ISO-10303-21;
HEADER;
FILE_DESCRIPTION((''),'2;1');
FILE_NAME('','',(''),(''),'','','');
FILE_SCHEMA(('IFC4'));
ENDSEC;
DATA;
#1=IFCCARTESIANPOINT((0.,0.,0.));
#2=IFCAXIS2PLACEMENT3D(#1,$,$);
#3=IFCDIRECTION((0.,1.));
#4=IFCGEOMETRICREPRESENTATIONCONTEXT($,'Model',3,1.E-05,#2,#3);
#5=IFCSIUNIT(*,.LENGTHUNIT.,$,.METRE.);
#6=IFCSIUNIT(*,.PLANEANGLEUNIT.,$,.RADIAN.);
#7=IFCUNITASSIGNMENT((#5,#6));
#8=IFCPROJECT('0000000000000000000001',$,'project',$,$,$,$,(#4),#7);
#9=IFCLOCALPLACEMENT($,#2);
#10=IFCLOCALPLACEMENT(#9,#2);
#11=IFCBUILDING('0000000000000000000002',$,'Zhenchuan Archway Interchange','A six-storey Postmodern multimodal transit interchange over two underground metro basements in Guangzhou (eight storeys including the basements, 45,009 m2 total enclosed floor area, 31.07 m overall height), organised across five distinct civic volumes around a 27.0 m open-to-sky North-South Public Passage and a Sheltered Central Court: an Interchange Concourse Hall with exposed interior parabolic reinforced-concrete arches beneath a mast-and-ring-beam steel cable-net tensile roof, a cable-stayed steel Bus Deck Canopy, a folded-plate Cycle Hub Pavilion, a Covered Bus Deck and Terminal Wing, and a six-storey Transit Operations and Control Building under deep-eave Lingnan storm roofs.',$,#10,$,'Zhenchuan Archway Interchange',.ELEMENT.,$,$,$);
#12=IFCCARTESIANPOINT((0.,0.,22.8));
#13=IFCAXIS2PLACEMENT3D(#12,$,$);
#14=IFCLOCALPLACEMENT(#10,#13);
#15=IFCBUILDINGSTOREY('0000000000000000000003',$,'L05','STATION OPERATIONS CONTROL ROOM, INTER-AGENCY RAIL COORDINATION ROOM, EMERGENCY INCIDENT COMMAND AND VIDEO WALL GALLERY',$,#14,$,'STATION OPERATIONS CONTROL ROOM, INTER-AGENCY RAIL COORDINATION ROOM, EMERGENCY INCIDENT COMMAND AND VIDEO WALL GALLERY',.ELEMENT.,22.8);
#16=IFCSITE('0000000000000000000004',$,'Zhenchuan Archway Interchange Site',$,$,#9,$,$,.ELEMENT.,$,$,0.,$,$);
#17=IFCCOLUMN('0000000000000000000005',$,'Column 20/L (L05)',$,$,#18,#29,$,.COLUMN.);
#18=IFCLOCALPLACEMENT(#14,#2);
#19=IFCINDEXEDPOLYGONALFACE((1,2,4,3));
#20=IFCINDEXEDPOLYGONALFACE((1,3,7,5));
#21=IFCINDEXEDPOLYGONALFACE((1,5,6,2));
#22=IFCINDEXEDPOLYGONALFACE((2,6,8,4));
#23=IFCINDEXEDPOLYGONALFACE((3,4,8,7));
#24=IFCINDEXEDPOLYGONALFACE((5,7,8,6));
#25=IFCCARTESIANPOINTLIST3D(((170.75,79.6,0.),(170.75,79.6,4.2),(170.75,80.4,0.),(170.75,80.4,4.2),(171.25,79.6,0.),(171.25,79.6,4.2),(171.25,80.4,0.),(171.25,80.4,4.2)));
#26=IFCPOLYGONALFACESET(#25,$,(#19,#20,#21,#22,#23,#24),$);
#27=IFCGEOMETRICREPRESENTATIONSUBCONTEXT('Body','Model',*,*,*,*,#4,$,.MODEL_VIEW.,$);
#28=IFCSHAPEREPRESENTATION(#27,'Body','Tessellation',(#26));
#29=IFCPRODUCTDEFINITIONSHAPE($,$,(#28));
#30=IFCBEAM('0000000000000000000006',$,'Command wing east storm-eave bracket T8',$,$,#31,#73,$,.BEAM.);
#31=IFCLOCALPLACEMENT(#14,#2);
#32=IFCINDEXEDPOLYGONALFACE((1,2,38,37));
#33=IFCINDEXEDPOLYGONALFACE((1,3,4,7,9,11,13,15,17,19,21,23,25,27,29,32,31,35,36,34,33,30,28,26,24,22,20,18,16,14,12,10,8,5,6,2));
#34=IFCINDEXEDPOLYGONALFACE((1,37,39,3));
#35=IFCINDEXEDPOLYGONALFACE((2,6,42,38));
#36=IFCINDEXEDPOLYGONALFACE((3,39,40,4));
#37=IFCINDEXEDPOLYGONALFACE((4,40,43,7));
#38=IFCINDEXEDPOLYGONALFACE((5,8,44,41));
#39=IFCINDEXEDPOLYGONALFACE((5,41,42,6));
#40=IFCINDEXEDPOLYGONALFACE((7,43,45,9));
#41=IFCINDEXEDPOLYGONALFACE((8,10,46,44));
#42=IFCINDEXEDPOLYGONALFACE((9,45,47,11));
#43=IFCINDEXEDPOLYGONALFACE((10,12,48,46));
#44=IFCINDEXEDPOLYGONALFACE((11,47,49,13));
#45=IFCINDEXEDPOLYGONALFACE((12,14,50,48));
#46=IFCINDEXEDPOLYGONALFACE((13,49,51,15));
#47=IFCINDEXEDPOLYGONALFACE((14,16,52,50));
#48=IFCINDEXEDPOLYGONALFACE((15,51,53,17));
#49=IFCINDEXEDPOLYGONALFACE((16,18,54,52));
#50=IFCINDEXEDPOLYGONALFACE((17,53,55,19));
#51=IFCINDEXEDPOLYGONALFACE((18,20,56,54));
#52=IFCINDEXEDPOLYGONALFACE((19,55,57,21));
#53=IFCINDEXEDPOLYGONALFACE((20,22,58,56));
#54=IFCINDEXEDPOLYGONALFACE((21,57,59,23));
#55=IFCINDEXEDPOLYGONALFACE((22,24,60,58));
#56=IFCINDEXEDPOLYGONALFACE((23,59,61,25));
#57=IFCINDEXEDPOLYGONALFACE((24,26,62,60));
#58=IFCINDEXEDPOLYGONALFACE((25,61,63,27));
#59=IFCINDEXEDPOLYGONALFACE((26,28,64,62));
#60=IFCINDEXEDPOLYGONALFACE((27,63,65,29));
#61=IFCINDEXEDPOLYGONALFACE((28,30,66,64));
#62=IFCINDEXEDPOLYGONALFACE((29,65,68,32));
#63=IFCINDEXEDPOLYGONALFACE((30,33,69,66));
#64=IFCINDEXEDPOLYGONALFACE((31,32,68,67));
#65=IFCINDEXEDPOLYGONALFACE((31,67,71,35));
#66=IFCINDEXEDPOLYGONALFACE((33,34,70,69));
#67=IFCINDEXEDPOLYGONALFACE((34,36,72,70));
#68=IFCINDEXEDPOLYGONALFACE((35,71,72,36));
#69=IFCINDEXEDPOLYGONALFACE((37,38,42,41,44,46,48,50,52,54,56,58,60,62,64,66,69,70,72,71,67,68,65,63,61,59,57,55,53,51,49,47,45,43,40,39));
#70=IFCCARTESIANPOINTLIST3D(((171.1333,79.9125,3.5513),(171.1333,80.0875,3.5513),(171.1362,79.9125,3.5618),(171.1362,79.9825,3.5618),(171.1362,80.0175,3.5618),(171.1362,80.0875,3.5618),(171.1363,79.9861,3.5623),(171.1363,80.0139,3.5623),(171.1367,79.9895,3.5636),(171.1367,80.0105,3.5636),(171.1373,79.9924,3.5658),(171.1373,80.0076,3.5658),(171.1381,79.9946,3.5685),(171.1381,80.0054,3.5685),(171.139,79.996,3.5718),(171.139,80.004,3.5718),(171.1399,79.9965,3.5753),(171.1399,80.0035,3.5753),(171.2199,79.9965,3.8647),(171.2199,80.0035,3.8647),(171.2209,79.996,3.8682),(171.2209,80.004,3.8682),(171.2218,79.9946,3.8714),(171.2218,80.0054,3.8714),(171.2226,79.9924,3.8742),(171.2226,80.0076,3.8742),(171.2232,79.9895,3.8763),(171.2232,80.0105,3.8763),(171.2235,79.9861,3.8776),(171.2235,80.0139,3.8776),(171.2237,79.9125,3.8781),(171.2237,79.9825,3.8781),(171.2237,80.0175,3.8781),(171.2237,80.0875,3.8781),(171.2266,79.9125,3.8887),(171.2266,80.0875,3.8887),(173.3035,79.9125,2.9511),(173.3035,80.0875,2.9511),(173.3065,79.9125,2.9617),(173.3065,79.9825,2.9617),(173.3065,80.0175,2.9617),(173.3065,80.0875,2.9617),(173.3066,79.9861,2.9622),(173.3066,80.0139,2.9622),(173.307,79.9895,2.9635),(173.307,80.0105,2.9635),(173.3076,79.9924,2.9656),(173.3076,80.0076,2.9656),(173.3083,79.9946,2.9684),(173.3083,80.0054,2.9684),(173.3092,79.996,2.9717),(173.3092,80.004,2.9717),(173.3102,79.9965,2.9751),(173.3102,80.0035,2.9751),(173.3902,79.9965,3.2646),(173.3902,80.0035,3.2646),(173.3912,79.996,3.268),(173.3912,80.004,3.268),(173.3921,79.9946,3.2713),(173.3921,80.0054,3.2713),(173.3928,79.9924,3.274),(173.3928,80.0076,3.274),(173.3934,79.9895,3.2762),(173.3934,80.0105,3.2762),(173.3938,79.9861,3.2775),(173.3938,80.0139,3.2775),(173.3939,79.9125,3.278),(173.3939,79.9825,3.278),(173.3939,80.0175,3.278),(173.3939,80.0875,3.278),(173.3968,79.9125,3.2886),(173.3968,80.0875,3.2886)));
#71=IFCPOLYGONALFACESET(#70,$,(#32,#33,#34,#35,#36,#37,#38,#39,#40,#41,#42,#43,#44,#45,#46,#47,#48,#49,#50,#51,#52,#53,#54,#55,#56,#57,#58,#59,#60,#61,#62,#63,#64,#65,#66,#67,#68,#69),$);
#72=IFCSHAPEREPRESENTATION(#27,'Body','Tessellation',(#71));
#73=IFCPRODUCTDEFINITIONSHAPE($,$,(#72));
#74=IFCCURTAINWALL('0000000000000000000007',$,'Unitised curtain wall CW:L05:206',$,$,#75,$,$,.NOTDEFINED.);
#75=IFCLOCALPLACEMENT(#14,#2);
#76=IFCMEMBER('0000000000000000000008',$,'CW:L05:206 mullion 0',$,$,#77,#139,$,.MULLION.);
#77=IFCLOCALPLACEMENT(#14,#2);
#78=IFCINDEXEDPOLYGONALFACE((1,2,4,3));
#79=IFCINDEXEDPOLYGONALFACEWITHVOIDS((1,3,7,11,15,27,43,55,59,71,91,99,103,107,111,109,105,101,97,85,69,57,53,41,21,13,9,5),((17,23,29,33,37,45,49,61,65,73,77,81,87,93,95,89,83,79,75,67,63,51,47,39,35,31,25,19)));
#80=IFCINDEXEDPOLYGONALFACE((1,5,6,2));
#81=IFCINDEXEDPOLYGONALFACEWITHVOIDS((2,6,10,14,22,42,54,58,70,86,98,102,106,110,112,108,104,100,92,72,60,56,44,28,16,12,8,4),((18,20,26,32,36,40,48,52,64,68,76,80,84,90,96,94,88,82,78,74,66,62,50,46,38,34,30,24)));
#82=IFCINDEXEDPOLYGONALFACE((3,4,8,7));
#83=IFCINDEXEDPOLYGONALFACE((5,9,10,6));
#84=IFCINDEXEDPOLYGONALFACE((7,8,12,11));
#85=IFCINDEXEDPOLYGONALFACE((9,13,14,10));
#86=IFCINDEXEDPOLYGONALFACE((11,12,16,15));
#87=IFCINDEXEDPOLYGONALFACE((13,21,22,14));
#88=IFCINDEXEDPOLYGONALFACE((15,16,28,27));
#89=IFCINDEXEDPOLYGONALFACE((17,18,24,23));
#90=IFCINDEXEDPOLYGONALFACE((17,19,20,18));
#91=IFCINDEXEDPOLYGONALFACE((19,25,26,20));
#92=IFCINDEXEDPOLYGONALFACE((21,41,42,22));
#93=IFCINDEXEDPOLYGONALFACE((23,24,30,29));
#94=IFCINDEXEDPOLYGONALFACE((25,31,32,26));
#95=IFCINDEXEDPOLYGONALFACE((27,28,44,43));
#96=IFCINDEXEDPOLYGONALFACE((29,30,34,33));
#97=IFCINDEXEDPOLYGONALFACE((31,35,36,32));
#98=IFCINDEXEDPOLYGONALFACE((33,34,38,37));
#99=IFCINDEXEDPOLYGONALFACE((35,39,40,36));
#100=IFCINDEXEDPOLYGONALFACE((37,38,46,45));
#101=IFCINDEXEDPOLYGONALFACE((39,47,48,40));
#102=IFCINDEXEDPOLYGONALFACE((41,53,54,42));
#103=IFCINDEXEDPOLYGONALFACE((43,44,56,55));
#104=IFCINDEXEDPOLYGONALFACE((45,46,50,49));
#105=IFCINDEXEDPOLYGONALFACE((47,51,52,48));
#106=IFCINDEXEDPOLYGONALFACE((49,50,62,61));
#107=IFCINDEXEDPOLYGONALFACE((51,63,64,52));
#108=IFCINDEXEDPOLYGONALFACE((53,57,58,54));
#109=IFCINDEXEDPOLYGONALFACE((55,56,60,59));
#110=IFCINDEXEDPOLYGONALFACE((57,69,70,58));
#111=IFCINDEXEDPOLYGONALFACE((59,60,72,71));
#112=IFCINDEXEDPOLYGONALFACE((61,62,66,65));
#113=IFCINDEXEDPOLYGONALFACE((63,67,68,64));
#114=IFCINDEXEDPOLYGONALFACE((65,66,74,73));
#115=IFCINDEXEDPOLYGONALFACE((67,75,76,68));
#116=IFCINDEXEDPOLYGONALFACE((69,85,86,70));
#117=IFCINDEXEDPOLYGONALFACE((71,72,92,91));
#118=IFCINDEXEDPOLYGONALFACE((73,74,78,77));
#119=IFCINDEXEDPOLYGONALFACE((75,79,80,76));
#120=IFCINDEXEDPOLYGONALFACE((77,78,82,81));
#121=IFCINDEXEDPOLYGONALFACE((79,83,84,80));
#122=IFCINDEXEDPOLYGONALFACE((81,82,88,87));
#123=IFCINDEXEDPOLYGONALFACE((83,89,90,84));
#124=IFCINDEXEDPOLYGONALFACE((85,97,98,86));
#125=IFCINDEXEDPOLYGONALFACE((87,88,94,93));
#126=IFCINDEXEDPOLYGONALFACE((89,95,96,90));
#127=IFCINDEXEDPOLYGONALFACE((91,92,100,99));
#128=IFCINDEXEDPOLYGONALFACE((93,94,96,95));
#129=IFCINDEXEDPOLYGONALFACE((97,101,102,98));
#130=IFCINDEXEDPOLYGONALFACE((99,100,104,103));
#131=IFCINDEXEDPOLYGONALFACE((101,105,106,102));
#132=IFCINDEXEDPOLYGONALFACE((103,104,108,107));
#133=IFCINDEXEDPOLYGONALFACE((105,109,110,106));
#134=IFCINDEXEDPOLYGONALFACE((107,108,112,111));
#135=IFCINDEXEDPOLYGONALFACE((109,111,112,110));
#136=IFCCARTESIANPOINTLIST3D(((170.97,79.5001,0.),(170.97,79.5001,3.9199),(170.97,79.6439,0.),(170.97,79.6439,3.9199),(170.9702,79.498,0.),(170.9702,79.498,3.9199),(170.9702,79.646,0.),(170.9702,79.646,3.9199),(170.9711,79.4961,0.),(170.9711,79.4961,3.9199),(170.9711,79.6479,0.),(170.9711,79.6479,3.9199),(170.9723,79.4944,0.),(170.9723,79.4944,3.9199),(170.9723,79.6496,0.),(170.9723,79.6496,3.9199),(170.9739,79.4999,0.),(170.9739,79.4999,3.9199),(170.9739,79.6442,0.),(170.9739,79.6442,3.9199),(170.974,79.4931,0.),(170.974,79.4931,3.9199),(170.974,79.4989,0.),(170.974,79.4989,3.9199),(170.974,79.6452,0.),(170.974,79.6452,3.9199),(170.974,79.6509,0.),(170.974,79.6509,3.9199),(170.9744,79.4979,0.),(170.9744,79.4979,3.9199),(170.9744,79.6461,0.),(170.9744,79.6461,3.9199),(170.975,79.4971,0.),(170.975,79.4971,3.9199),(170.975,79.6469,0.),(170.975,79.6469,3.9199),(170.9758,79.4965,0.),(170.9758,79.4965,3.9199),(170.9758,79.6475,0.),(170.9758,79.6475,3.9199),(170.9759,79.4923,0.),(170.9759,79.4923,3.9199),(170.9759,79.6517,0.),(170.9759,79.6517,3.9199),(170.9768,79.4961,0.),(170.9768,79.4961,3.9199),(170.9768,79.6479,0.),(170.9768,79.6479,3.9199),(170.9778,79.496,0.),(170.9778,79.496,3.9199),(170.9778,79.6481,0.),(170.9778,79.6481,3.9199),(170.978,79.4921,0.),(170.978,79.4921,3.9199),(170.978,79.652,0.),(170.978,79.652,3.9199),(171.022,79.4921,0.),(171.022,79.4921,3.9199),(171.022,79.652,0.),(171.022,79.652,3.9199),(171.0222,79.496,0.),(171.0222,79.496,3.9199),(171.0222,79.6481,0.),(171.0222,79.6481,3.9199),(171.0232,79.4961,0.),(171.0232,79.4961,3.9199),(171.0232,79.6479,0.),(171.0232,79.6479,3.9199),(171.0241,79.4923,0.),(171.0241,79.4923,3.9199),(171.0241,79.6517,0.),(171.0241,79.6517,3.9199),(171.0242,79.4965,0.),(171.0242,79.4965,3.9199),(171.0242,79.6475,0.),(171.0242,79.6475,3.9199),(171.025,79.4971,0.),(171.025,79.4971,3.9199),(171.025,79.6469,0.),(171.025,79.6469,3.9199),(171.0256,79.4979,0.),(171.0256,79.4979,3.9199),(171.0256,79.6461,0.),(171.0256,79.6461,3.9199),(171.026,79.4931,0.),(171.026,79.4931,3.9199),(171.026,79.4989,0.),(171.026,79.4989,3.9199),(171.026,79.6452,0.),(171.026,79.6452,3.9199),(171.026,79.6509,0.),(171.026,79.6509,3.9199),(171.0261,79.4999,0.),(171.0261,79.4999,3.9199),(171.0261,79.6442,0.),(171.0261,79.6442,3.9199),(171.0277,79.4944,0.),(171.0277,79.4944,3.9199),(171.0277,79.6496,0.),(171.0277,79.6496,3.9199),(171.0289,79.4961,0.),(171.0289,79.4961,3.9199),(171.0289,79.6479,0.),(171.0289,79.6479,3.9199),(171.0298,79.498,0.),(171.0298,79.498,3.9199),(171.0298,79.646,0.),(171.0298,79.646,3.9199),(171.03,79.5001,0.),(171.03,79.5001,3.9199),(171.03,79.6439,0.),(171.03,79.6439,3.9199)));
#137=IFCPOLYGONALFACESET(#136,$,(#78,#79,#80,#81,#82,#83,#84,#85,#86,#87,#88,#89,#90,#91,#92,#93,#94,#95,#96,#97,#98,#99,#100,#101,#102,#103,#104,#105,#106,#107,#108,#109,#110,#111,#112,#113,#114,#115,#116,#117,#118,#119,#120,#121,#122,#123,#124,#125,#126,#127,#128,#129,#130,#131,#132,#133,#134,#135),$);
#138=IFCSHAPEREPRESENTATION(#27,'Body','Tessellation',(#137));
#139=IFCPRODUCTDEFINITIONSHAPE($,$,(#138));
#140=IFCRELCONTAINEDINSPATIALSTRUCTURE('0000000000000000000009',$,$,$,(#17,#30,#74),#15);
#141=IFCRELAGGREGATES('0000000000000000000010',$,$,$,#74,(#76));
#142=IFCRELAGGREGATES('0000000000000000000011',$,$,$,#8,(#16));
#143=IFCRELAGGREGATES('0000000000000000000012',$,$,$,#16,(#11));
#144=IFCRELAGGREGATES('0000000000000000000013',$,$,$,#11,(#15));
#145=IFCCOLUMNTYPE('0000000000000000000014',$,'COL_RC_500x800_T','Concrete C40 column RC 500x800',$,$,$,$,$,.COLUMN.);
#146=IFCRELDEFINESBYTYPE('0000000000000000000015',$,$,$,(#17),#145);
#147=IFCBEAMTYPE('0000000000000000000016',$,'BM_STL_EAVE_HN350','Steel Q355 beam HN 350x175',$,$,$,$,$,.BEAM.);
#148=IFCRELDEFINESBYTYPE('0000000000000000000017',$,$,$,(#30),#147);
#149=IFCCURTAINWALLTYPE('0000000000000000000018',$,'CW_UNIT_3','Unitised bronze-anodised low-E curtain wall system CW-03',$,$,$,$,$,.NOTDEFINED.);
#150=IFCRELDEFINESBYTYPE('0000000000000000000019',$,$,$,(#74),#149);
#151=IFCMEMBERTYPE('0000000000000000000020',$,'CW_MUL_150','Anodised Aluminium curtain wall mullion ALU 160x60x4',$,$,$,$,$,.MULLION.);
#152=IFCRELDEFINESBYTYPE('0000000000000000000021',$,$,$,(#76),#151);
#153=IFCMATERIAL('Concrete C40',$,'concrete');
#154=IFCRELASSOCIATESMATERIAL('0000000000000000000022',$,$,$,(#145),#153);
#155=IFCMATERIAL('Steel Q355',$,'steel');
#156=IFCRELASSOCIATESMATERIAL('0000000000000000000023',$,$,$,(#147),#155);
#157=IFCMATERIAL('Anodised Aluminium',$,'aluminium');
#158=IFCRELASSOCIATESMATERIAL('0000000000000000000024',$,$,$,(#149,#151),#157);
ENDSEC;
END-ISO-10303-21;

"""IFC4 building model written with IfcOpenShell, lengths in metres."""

from ifc_helpers import new_model, si_unit, direction, frame, origin, origin_2d, place, context, subcontext, project, spatial, rectangle, hollow_rectangle, i_section, extrude, material, material_profile, profile_set, type_object, element, aggregate, save


model = new_model("IFC4")

# Units and contexts
model_context = context("Model", 3, precision=1e-05, world=origin(), true_north=direction((0.0, 1.0)))
body_context = subcontext(model_context, "Body", "Model", "MODEL_VIEW")
ifc_project = project(units=[si_unit("LENGTHUNIT", "METRE"), si_unit("PLANEANGLEUNIT", "RADIAN")], contexts=[model_context])

# Site, building, storey
site_placement = place(None, origin())
site = spatial("IfcSite", under=ifc_project, at=site_placement, Name="Zhenchuan Archway Interchange Site", CompositionType="ELEMENT", RefElevation=0.0)
building_placement = place(site_placement, origin())
building = spatial("IfcBuilding", under=site, at=building_placement, Name="Zhenchuan Archway Interchange", Description="A six-storey Postmodern multimodal transit interchange over two underground metro basements in Guangzhou (eight storeys including the basements, 45,009 m2 total enclosed floor area, 31.07 m overall height), organised across five distinct civic volumes around a 27.0 m open-to-sky North-South Public Passage and a Sheltered Central Court: an Interchange Concourse Hall with exposed interior parabolic reinforced-concrete arches beneath a mast-and-ring-beam steel cable-net tensile roof, a cable-stayed steel Bus Deck Canopy, a folded-plate Cycle Hub Pavilion, a Covered Bus Deck and Terminal Wing, and a six-storey Transit Operations and Control Building under deep-eave Lingnan storm roofs.", LongName="Zhenchuan Archway Interchange", CompositionType="ELEMENT")
storey_placement = place(building_placement, frame((0.0, 0.0, 22.8)))
storey = spatial("IfcBuildingStorey", under=building, at=storey_placement, Name="L05", Description="STATION OPERATIONS CONTROL ROOM, INTER-AGENCY RAIL COORDINATION ROOM, EMERGENCY INCIDENT COMMAND AND VIDEO WALL GALLERY", LongName="STATION OPERATIONS CONTROL ROOM, INTER-AGENCY RAIL COORDINATION ROOM, EMERGENCY INCIDENT COMMAND AND VIDEO WALL GALLERY", CompositionType="ELEMENT", Elevation=22.8)

# Column
ifc_material_1 = material(Name="Concrete C40", Category="concrete")
ifc_material_profile_1 = material_profile(ifc_material_1, rectangle(XDim=0.5, YDim=0.8, at=origin_2d()), Name="RC 500x800")
ifc_profile_set_1 = profile_set([ifc_material_profile_1], Name="Concrete C40")
column_type = type_object("IfcColumnType", Name="COL_RC_500x800_T", Description="Concrete C40 column RC 500x800", PredefinedType="COLUMN", material=ifc_profile_set_1)
column_placement = place(storey_placement, frame((171.0, 80.0, 0.0), z_axis=(0.0, 0.0, 1.0), x_axis=(1.0, 0.0, 0.0)))
element("IfcColumn", 1, at=column_placement, inside=storey, type_object=column_type, Name="Column 20/L (L05)", PredefinedType="COLUMN", context=body_context, shape_type="SweptSolid", body=[
    extrude(rectangle(XDim=0.5, YDim=0.8, at=origin_2d()), origin(), (0.0, 0.0, 1.0), 4.2),
])

# Beam
ifc_material_2 = material(Name="Steel Q355", Category="steel")
ifc_material_profile_2 = material_profile(ifc_material_2, i_section(OverallWidth=0.175, OverallDepth=0.3501, WebThickness=0.0071, FlangeThickness=0.011, FilletRadius=0.0139, at=origin_2d()), Name="HN 350x175")
ifc_profile_set_2 = profile_set([ifc_material_profile_2], Name="Steel Q355")
beam_type_1 = type_object("IfcBeamType", Name="BM_STL_EAVE_HN350", Description="Steel Q355 beam HN 350x175", PredefinedType="BEAM", material=ifc_profile_set_2)
beam_1_placement = place(storey_placement, frame((171.1799, 80.0, 3.72), z_axis=(0.963829, 0.0, -0.26652), x_axis=(0.0, 1.0, 0.0)))
element("IfcBeam", 2, at=beam_1_placement, inside=storey, type_object=beam_type_1, Name="Command wing east storm-eave bracket T8", PredefinedType="BEAM", context=body_context, shape_type="SweptSolid", body=[
    extrude(i_section(OverallWidth=0.175, OverallDepth=0.3501, WebThickness=0.0071, FlangeThickness=0.011, FilletRadius=0.0139, at=origin_2d()), origin(), (0.0, 0.0, 1.0), 2.2517),
])

# Curtain wall, member
ifc_material_3 = material(Name="Anodised Aluminium", Category="aluminium")
curtain_wall_type = type_object("IfcCurtainWallType", Name="CW_UNIT_3", Description="Unitised bronze-anodised low-E curtain wall system CW-03", PredefinedType="NOTDEFINED", material=ifc_material_3)
curtain_wall_placement = place(storey_placement, origin())
curtain_wall = element("IfcCurtainWall", 3, at=curtain_wall_placement, inside=storey, type_object=curtain_wall_type, Name="Unitised curtain wall CW:L05:206", PredefinedType="NOTDEFINED")
ifc_material_profile_3 = material_profile(ifc_material_3, hollow_rectangle(XDim=0.0601, YDim=0.1599, WallThickness=0.0039, InnerFilletRadius=0.0039, OuterFilletRadius=0.0081, at=origin_2d()), Name="ALU 160x60x4")
ifc_profile_set_3 = profile_set([ifc_material_profile_3], Name="Anodised Aluminium")
member_type_1 = type_object("IfcMemberType", Name="CW_MUL_150", Description="Anodised Aluminium curtain wall mullion ALU 160x60x4", PredefinedType="MULLION", material=ifc_profile_set_3)
member_1_placement = place(storey_placement, frame((171.0, 79.572, 0.0), z_axis=(0.0, 0.0, 1.0), x_axis=(1.0, 0.0, 0.0)))
member_1 = element("IfcMember", 4, at=member_1_placement, type_object=member_type_1, Name="CW:L05:206 mullion 0", PredefinedType="MULLION", context=body_context, shape_type="SweptSolid", body=[
    extrude(hollow_rectangle(XDim=0.0601, YDim=0.1599, WallThickness=0.0039, InnerFilletRadius=0.0039, OuterFilletRadius=0.0081, at=origin_2d()), origin(), (0.0, 0.0, 1.0), 3.9199),
])

aggregate(curtain_wall, [member_1])

save(model, "model.ifc")
